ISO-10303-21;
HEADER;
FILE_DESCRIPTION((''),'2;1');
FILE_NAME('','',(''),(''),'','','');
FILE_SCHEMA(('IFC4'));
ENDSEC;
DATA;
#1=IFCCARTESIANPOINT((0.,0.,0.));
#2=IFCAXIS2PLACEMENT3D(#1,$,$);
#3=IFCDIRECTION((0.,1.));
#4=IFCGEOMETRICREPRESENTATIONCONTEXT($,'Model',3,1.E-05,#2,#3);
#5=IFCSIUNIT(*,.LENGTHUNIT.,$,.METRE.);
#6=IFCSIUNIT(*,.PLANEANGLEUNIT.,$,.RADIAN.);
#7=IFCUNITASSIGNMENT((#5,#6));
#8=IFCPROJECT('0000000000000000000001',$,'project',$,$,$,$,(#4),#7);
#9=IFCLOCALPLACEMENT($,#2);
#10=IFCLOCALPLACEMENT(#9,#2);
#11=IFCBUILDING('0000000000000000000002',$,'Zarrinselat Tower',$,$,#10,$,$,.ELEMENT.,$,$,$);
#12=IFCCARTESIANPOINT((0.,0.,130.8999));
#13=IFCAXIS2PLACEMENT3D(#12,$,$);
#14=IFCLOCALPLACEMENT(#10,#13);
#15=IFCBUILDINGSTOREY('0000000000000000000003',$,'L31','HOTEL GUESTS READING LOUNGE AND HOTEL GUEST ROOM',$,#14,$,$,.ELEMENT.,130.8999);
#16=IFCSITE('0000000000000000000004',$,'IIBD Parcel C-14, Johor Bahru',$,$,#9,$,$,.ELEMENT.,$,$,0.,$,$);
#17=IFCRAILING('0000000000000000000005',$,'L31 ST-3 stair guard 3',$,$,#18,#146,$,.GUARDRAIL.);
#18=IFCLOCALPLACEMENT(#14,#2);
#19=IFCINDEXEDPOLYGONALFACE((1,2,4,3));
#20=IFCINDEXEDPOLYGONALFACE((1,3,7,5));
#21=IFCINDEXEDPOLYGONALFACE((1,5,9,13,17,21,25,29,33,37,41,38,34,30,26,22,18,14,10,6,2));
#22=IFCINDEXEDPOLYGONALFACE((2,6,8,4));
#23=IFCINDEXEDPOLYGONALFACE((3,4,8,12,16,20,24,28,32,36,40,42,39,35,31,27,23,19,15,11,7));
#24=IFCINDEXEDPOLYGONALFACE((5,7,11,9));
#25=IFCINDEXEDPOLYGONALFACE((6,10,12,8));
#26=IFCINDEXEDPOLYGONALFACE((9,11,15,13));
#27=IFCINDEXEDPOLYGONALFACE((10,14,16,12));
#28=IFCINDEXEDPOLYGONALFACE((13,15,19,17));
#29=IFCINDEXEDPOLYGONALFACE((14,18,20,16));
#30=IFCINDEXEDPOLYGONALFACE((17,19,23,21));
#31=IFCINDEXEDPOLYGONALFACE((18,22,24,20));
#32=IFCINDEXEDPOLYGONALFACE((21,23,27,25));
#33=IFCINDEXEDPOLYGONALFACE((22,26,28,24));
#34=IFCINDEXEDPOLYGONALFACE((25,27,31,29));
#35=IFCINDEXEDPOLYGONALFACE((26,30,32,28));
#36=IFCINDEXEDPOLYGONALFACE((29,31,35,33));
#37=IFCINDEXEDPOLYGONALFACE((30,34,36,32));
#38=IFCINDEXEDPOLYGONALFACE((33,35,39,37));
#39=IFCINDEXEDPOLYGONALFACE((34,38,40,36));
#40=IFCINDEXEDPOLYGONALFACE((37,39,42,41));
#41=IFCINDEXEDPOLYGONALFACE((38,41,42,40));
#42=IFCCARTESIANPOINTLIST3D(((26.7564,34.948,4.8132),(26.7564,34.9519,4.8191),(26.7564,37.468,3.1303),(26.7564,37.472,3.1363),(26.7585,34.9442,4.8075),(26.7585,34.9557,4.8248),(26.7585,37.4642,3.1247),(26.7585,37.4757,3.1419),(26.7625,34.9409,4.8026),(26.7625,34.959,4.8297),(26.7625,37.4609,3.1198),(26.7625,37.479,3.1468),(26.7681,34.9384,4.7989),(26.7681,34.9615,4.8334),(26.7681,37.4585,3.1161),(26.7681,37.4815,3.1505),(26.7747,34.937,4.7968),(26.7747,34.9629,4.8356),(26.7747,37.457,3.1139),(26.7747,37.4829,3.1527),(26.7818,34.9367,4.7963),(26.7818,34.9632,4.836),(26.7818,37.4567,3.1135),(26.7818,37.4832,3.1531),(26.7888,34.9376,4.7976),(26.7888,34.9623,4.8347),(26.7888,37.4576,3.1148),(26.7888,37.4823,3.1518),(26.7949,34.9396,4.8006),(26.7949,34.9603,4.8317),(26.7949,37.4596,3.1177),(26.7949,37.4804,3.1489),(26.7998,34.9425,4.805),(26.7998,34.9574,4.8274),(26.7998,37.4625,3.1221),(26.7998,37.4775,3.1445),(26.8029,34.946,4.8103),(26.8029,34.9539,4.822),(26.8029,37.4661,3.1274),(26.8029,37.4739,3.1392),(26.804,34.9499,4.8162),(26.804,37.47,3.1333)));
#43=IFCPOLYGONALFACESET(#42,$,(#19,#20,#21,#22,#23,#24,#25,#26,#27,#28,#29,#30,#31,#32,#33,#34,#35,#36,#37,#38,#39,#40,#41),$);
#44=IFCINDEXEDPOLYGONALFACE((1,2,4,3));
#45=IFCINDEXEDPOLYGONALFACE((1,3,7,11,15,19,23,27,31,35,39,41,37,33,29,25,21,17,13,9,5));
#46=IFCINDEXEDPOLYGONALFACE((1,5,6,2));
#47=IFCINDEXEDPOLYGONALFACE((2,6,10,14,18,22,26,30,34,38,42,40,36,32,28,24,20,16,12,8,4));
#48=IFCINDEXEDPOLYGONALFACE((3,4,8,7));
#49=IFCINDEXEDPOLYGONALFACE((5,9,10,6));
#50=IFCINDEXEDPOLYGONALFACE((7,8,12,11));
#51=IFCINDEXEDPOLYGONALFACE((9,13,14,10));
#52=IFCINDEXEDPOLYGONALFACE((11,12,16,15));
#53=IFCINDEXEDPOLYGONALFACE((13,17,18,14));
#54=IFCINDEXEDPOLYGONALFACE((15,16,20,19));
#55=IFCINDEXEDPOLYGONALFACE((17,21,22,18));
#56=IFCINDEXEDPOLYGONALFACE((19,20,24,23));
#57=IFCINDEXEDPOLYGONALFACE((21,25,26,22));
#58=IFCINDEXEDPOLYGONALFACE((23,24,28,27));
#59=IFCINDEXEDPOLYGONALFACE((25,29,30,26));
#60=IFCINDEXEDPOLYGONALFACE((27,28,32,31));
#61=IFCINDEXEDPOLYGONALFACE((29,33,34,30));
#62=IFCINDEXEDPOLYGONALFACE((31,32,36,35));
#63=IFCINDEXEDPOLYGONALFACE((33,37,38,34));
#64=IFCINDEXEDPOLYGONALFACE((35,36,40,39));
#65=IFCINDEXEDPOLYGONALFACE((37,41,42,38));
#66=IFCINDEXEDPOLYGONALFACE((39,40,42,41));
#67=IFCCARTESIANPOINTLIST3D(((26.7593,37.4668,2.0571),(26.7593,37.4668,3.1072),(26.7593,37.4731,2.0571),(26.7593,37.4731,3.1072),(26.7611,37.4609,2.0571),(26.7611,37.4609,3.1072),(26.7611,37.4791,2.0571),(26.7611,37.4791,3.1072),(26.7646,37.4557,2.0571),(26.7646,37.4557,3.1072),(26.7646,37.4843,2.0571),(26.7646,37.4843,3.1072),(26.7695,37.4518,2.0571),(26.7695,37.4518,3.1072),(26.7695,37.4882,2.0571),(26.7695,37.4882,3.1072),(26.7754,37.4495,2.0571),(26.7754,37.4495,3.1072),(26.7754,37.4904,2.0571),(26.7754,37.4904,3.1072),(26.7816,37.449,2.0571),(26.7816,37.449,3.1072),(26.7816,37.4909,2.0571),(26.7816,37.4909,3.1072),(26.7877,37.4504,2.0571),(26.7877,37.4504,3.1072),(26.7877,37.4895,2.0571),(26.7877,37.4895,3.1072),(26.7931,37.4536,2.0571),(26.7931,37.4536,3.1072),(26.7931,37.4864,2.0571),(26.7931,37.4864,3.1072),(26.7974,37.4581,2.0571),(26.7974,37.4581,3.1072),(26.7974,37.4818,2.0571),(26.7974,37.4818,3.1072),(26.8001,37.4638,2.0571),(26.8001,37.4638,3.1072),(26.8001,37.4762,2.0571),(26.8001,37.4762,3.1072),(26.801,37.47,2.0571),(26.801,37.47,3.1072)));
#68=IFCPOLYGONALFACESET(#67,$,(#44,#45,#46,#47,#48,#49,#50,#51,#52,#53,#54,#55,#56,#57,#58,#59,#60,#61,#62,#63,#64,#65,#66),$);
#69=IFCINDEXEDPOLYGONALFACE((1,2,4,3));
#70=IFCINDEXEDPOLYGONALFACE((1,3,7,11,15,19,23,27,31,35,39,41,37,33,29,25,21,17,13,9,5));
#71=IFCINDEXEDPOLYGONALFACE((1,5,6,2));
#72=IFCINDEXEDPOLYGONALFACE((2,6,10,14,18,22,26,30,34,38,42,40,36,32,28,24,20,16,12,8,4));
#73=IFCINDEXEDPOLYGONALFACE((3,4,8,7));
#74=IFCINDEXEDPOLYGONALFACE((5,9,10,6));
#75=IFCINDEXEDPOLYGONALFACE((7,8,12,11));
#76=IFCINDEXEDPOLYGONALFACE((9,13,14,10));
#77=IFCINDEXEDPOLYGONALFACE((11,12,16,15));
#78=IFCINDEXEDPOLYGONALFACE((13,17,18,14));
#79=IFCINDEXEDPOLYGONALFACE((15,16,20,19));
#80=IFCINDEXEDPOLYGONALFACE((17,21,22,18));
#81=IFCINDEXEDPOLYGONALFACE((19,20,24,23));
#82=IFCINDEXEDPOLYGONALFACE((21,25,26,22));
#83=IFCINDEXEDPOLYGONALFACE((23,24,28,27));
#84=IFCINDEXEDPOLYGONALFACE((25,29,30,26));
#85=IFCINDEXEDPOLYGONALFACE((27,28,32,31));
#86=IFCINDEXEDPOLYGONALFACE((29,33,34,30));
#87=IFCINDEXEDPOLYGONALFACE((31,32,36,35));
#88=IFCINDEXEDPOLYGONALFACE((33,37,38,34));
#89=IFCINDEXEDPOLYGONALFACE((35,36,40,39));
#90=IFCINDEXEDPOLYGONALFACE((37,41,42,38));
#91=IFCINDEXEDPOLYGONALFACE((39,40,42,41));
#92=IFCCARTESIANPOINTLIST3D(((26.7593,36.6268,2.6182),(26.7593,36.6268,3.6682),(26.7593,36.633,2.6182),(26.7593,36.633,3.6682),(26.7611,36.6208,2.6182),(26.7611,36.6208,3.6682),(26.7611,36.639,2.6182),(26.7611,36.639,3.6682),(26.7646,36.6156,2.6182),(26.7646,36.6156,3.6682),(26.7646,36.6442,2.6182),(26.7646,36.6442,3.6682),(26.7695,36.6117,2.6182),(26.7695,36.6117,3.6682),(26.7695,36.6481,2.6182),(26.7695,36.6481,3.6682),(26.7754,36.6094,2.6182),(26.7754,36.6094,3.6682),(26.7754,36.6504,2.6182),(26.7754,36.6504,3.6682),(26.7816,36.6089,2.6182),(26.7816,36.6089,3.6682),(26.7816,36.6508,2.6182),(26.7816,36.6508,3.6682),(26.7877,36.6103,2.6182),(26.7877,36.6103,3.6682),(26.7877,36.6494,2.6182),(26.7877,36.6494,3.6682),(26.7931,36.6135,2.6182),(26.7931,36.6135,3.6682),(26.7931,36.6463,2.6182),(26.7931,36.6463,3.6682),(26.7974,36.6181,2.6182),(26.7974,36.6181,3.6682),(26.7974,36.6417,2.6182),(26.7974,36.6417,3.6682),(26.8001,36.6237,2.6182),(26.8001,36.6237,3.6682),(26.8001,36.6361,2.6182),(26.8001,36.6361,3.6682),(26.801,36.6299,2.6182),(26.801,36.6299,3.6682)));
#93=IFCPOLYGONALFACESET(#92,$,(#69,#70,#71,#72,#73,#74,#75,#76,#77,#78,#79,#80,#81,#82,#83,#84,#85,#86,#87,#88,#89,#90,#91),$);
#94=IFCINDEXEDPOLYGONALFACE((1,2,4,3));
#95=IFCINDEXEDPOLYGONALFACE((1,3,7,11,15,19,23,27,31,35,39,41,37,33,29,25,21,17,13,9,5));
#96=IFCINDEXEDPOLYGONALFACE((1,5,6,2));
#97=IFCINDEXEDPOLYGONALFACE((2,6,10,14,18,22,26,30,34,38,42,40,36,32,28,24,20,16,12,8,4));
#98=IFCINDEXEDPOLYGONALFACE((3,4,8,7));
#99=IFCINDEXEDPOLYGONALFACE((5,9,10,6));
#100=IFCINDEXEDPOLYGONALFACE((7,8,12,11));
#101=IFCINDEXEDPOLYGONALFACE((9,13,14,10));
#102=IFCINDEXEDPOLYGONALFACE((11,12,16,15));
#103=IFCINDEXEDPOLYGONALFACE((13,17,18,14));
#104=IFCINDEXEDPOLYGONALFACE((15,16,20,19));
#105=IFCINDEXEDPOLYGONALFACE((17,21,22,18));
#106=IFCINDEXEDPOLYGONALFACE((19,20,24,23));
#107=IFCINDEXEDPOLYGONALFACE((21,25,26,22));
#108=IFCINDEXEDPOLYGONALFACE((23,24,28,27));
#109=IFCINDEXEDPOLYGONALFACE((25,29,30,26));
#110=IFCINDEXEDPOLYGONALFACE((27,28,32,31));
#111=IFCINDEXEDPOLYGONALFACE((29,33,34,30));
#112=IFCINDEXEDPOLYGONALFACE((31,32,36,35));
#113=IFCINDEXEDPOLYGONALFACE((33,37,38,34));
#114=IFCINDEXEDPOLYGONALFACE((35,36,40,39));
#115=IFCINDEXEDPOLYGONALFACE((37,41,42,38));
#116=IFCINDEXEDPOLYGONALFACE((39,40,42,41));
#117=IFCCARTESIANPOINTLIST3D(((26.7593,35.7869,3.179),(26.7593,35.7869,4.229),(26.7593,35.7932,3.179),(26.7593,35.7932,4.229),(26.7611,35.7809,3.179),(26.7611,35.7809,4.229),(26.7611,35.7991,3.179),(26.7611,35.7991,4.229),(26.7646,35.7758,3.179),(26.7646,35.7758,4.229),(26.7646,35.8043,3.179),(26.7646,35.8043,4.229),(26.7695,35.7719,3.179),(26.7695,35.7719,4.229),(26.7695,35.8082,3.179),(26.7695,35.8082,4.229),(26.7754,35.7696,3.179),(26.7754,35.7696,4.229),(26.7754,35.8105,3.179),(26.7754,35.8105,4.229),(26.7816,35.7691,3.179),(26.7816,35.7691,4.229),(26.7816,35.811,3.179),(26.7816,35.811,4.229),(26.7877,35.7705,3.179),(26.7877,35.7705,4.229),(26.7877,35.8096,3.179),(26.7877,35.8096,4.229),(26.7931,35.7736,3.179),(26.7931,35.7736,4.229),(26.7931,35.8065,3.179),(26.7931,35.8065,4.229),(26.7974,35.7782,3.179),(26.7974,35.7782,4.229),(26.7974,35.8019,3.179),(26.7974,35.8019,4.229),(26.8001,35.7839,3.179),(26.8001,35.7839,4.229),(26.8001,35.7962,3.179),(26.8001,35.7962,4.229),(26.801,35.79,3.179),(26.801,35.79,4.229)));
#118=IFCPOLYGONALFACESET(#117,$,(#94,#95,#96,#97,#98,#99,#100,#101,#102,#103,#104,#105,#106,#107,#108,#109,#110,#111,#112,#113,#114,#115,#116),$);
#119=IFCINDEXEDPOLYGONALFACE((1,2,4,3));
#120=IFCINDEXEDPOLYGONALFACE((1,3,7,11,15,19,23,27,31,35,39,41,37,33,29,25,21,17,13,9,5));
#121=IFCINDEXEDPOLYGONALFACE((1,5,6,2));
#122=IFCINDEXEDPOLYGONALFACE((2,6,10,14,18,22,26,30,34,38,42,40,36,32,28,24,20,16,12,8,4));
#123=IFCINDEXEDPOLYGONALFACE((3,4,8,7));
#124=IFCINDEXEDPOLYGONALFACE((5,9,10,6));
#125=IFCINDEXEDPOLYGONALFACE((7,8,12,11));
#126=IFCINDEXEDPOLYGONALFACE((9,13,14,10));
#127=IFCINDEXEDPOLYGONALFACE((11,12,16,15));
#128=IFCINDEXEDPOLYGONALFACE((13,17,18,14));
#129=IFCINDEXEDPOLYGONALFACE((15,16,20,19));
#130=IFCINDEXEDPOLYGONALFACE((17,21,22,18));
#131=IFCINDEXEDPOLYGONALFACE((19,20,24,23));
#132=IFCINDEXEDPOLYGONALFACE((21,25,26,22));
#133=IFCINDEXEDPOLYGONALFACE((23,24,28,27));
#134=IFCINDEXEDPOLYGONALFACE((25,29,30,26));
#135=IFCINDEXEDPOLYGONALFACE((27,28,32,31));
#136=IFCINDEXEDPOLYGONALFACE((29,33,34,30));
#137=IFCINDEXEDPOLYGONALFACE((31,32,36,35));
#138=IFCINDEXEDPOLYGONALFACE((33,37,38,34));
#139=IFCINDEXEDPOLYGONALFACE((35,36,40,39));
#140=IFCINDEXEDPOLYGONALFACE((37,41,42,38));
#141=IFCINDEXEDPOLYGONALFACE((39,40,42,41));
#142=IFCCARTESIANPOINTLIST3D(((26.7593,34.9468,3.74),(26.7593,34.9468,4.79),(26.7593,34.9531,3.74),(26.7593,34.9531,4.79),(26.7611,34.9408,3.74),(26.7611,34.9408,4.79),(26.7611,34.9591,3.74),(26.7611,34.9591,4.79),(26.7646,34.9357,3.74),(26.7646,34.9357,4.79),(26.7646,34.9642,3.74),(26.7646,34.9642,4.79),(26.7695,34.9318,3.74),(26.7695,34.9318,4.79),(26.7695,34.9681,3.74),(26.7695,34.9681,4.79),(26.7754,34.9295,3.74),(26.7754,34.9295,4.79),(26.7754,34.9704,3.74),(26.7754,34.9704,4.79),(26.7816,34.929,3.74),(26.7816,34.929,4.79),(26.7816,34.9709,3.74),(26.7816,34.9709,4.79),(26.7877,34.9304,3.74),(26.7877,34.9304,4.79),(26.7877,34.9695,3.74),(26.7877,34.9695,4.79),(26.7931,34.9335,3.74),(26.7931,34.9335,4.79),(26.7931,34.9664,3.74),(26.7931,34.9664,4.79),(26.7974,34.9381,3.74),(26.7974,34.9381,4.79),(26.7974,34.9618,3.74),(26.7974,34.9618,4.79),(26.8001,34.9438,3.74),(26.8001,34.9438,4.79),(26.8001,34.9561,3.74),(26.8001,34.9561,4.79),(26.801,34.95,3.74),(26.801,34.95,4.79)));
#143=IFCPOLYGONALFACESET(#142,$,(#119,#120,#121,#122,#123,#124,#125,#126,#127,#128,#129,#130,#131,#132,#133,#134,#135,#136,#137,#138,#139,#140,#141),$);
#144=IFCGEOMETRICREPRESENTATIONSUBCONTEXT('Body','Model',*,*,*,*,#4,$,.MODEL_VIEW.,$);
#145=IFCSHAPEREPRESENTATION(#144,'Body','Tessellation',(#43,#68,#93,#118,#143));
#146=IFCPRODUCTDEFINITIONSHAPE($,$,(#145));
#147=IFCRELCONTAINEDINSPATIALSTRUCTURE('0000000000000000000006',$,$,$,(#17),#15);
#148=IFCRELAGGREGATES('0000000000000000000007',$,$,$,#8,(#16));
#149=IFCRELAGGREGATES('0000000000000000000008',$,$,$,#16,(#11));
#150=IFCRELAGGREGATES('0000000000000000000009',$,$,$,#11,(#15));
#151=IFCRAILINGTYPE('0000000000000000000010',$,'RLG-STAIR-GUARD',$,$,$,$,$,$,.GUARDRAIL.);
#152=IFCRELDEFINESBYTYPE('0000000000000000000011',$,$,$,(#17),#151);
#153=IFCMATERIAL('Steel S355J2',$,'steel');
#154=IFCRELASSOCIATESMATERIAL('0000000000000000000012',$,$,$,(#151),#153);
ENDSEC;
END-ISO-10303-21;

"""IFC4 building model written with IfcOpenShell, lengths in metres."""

from ifc_helpers import new_model, si_unit, direction, frame, origin, origin_2d, place, context, subcontext, project, spatial, circle, extrude, material, type_object, element, save


model = new_model("IFC4")

# Units and contexts
model_context = context("Model", 3, precision=1e-05, world=origin(), true_north=direction((0.0, 1.0)))
body_context = subcontext(model_context, "Body", "Model", "MODEL_VIEW")
ifc_project = project(units=[si_unit("LENGTHUNIT", "METRE"), si_unit("PLANEANGLEUNIT", "RADIAN")], contexts=[model_context])

# Site, building, storey
site_placement = place(None, origin())
site = spatial("IfcSite", under=ifc_project, at=site_placement, Name="IIBD Parcel C-14, Johor Bahru", CompositionType="ELEMENT", RefElevation=0.0)
building_placement = place(site_placement, origin())
building = spatial("IfcBuilding", under=site, at=building_placement, Name="Zarrinselat Tower", CompositionType="ELEMENT")
storey_placement = place(building_placement, frame((0.0, 0.0, 130.8999)))
storey = spatial("IfcBuildingStorey", under=building, at=storey_placement, Name="L31", Description="HOTEL GUESTS READING LOUNGE AND HOTEL GUEST ROOM", CompositionType="ELEMENT", Elevation=130.8999)

# Railing
ifc_material_1 = material(Name="Steel S355J2", Category="steel")
railing_type_1 = type_object("IfcRailingType", Name="RLG-STAIR-GUARD", PredefinedType="GUARDRAIL", material=ifc_material_1)
railing_1_placement = place(storey_placement, frame((26.78, 37.47, 2.0571)))
element("IfcRailing", 1, at=railing_1_placement, inside=storey, type_object=railing_type_1, Name="L31 ST-3 stair guard 3", PredefinedType="GUARDRAIL", context=body_context, shape_type="SweptSolid", body=[
    extrude(circle(Radius=0.0239, at=origin_2d()), frame((0.0, 0.0, 1.0762), z_axis=(0.0, -0.831616, 0.555351), x_axis=(1.0, 0.0, 0.0)), (0.0, 0.0, 1.0), 3.0303),
    extrude(circle(Radius=0.021, at=origin_2d()), origin(), (0.0, 0.0, 1.0), 1.05),
    extrude(circle(Radius=0.021, at=origin_2d()), frame((0.0, -0.8401, 0.561)), (0.0, 0.0, 1.0), 1.05),
    extrude(circle(Radius=0.021, at=origin_2d()), frame((0.0, -1.6799, 1.1218)), (0.0, 0.0, 1.0), 1.05),
    extrude(circle(Radius=0.021, at=origin_2d()), frame((0.0, -2.52, 1.6829)), (0.0, 0.0, 1.0), 1.05),
])

save(model, "model.ifc")
